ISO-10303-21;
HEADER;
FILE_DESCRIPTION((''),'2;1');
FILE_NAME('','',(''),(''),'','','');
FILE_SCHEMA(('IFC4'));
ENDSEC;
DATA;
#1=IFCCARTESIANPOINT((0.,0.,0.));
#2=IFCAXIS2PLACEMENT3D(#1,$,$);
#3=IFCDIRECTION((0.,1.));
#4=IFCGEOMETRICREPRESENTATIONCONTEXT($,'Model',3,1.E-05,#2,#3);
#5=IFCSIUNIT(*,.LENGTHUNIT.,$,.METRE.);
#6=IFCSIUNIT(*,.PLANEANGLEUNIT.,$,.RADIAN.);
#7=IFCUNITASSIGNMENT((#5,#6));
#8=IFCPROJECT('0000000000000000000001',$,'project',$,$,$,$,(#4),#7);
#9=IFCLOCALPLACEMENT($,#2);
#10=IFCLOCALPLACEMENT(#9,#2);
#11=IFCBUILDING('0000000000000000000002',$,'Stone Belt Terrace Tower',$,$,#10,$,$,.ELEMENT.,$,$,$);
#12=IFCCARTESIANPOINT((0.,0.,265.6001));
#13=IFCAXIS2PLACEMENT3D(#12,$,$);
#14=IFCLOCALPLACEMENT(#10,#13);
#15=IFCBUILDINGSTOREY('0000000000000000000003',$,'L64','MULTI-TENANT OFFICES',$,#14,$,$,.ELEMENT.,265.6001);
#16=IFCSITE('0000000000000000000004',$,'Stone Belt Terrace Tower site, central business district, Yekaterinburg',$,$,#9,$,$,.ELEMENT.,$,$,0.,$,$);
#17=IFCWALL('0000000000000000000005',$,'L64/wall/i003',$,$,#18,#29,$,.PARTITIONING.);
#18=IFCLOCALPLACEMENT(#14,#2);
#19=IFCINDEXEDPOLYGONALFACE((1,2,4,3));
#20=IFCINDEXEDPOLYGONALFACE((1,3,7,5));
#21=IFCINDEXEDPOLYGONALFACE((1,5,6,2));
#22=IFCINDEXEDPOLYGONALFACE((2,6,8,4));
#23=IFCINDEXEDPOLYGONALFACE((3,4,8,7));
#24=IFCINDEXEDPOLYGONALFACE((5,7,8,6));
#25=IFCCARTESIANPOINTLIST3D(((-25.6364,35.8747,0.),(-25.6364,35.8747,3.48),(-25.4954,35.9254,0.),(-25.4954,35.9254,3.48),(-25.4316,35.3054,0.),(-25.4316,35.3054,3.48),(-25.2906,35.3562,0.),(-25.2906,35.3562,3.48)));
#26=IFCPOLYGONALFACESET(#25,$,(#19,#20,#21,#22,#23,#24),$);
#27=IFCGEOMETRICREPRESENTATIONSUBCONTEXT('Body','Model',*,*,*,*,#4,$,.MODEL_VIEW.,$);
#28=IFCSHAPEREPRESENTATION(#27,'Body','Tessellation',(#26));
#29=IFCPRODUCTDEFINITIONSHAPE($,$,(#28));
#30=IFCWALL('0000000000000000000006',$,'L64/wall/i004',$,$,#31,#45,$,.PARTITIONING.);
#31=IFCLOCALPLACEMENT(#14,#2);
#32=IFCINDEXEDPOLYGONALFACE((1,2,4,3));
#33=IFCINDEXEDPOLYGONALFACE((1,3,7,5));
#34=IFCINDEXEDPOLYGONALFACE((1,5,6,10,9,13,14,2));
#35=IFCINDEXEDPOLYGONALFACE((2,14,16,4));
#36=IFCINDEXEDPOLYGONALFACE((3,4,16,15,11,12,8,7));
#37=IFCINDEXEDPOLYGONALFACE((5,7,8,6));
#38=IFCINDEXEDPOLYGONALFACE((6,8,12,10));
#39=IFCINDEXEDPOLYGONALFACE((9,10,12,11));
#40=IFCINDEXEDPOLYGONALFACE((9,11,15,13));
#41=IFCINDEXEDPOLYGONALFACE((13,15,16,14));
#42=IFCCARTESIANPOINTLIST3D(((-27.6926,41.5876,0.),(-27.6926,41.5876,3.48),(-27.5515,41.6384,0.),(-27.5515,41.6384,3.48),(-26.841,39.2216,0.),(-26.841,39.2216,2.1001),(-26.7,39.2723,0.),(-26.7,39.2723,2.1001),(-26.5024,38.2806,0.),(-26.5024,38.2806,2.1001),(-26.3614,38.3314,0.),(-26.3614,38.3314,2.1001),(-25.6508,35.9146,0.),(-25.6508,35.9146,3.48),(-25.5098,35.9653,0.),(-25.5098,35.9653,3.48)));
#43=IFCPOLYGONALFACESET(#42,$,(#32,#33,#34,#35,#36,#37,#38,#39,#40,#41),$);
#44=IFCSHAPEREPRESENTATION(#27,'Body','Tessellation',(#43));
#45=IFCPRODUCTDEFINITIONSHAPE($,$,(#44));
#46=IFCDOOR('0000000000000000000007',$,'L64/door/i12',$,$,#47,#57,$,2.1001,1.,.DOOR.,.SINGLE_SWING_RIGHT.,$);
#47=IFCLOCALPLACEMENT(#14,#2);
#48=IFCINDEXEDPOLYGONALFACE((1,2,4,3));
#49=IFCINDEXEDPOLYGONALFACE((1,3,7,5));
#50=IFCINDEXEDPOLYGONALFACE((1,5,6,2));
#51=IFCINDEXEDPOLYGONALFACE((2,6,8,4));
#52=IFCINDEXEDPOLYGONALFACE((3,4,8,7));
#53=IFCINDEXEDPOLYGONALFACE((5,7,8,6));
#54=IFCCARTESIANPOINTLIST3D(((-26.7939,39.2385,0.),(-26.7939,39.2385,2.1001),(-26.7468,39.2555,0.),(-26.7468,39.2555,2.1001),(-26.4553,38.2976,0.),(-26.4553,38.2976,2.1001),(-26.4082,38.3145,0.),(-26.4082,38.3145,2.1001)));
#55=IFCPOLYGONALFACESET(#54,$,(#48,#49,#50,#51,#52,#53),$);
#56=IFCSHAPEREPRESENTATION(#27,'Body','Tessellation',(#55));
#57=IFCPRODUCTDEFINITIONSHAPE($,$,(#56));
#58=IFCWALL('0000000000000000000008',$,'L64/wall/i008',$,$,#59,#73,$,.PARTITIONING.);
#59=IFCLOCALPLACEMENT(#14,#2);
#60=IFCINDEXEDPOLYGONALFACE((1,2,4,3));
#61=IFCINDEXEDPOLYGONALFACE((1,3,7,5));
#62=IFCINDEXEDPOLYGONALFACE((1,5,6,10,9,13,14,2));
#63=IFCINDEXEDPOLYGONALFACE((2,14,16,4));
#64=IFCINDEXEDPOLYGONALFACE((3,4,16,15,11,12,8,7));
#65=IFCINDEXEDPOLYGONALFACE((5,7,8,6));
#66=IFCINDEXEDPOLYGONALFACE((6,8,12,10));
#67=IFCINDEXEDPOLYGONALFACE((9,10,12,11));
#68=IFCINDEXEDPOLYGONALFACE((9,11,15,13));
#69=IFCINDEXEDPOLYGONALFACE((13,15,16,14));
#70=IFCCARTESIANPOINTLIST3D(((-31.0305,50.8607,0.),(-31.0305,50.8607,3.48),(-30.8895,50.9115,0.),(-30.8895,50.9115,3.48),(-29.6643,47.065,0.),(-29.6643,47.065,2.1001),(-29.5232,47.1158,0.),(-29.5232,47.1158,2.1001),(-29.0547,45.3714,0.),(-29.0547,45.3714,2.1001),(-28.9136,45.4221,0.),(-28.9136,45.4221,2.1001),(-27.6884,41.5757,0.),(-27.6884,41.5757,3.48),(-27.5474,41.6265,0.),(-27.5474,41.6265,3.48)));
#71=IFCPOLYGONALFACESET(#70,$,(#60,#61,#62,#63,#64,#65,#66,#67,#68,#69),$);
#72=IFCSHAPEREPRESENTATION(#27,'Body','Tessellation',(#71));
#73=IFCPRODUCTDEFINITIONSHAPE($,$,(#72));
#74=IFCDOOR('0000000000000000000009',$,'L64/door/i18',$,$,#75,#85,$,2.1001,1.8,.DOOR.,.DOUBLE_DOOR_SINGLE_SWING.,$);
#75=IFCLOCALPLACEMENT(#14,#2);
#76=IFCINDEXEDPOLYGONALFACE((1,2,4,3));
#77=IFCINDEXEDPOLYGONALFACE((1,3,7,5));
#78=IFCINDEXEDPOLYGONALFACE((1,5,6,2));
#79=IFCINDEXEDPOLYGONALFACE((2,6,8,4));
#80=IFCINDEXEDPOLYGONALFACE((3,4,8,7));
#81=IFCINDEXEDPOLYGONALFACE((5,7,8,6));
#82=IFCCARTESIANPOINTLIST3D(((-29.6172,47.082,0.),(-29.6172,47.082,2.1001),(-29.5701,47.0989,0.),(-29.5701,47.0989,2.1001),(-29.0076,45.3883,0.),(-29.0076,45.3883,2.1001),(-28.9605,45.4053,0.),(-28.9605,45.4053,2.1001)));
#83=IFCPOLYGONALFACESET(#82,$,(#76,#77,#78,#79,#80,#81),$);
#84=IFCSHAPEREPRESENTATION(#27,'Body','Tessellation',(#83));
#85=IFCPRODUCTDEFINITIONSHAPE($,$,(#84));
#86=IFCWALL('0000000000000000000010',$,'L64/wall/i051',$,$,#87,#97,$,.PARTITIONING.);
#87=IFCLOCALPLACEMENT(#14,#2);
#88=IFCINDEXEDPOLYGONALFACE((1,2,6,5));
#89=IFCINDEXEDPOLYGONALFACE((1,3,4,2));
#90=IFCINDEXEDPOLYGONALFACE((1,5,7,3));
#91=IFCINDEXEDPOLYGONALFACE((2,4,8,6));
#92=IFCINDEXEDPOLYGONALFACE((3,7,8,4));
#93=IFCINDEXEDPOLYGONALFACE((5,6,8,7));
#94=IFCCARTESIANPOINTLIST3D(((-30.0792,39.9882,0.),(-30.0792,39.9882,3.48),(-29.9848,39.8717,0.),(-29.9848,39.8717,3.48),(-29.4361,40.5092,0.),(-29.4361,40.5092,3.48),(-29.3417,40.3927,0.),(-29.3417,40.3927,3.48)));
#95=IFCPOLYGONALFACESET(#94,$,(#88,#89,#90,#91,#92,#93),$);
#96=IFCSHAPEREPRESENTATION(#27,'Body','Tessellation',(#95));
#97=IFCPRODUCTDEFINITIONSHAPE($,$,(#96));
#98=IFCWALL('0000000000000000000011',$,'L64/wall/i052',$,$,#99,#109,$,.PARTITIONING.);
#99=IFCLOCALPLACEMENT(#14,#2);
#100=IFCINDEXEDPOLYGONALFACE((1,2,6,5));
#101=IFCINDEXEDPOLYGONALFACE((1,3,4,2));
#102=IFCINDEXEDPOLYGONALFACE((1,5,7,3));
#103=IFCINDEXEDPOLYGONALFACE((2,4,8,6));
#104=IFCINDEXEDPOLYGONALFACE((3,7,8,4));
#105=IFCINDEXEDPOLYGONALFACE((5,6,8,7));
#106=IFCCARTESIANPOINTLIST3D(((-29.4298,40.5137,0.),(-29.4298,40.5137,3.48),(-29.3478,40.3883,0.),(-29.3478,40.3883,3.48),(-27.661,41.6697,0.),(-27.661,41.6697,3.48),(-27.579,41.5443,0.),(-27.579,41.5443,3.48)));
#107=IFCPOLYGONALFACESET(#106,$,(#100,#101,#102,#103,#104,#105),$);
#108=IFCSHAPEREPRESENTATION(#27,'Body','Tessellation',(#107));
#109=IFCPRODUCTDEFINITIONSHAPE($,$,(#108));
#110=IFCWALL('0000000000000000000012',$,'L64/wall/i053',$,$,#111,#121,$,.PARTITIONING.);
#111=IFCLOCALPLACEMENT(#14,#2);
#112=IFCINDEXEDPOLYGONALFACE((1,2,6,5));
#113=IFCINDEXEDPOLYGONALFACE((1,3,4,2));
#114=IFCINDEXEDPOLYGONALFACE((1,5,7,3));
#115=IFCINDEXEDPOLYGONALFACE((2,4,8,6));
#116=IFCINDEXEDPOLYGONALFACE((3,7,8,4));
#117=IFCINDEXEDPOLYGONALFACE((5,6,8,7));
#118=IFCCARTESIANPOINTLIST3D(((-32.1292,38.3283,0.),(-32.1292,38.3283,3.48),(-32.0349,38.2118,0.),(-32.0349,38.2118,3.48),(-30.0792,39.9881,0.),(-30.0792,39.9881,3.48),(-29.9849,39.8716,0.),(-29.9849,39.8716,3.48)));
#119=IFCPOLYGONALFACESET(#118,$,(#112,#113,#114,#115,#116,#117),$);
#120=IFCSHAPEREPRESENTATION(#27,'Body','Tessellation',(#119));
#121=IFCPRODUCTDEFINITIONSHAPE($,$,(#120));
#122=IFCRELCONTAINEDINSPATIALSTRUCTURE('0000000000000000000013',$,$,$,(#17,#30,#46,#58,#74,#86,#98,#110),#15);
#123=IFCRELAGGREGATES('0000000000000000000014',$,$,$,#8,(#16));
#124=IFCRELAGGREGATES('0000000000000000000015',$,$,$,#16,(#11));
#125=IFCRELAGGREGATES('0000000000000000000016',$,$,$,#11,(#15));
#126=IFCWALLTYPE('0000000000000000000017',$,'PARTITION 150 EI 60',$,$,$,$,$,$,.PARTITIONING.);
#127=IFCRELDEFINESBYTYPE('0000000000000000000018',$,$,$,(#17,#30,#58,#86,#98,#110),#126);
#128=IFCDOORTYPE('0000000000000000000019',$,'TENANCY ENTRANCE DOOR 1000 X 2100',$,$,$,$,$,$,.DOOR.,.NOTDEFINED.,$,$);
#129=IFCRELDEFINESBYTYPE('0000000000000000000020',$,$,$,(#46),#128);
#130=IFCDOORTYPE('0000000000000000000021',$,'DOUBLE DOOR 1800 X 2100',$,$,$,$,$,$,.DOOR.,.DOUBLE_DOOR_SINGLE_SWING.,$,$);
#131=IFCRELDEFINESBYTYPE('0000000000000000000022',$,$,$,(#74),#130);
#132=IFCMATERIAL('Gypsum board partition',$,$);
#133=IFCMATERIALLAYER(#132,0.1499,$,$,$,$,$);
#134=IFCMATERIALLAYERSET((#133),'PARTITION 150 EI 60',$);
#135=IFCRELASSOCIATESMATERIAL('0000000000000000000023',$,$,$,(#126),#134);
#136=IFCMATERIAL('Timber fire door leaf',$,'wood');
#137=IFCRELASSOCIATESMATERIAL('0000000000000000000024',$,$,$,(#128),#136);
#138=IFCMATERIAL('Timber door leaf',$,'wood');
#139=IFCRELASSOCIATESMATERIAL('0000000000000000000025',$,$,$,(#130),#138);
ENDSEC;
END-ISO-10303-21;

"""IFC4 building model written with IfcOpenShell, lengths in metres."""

from ifc_helpers import new_model, si_unit, direction, frame, frame_2d, origin, place, context, subcontext, project, spatial, rectangle, extrude, material, layer, layer_set, type_object, element, fill, save


model = new_model("IFC4")

# Units and contexts
model_context = context("Model", 3, precision=1e-05, world=origin(), true_north=direction((0.0, 1.0)))
body_context = subcontext(model_context, "Body", "Model", "MODEL_VIEW")
ifc_project = project(units=[si_unit("LENGTHUNIT", "METRE"), si_unit("PLANEANGLEUNIT", "RADIAN")], contexts=[model_context])

# Site, building, storey
site_placement = place(None, origin())
site = spatial("IfcSite", under=ifc_project, at=site_placement, Name="Stone Belt Terrace Tower site, central business district, Yekaterinburg", CompositionType="ELEMENT", RefElevation=0.0)
building_placement = place(site_placement, origin())
building = spatial("IfcBuilding", under=site, at=building_placement, Name="Stone Belt Terrace Tower", CompositionType="ELEMENT")
storey_placement = place(building_placement, frame((0.0, 0.0, 265.6001)))
storey = spatial("IfcBuildingStorey", under=building, at=storey_placement, Name="L64", Description="MULTI-TENANT OFFICES", CompositionType="ELEMENT", Elevation=265.6001)

# Shared definitions
ifc_material_1 = material(Name="Timber door leaf", Category="wood")

# Shared definitions
ifc_material_2 = material(Name="Gypsum board partition")

# Wall
ifc_layer_1 = layer(ifc_material_2, 0.1499)
ifc_layer_set_1 = layer_set([ifc_layer_1], Name="PARTITION 150 EI 60")
wall_type_1 = type_object("IfcWallType", Name="PARTITION 150 EI 60", PredefinedType="PARTITIONING", material=ifc_layer_set_1)
wall_1_placement = place(storey_placement, frame((-25.3611, 35.3308, 0.0), z_axis=(0.0, 0.0, 1.0), x_axis=(-0.338534, 0.940954, 0.0)))
element("IfcWall", 1, at=wall_1_placement, inside=storey, type_object=wall_type_1, Name="L64/wall/i003", PredefinedType="PARTITIONING", context=body_context, shape_type="SweptSolid", body=[
    extrude(rectangle(XDim=0.605, YDim=0.1499, at=frame_2d((0.3025, 0.0))), origin(), (0.0, 0.0, 1.0), 3.48),
])

# Walls, openings, doors
wall_2_placement = place(storey_placement, frame((-25.5803, 35.9399, 0.0), z_axis=(0.0, 0.0, 1.0), x_axis=(-0.338636, 0.940917, 0.0)))
wall_2 = element("IfcWall", 2, at=wall_2_placement, inside=storey, type_object=wall_type_1, Name="L64/wall/i004", PredefinedType="PARTITIONING", context=body_context, shape_type="SweptSolid", body=[
    extrude(rectangle(XDim=6.0293, YDim=0.1499, at=frame_2d((3.0146, 0.0))), origin(), (0.0, 0.0, 1.0), 3.48),
])
opening_1_placement = place(wall_2_placement, frame((2.5146, 0.0, 0.0)))
opening_1 = element("IfcOpeningElement", 3, at=opening_1_placement, cuts=wall_2, PredefinedType="OPENING", context=body_context, shape_type="SweptSolid", body=[
    extrude(rectangle(XDim=1.0, YDim=2.1001, at=frame_2d((0.5, 1.05))), frame((0.0, 0.085, 0.0), z_axis=(0.0, -1.0, 0.0), x_axis=(1.0, 0.0, 0.0)), (0.0, 0.0, 1.0), 0.1699),
])
ifc_material_3 = material(Name="Timber fire door leaf", Category="wood")
door_type_1 = type_object("IfcDoorType", Name="TENANCY ENTRANCE DOOR 1000 X 2100", OperationType="NOTDEFINED", PredefinedType="DOOR", material=ifc_material_3)
door_1_placement = place(opening_1_placement, origin())
door_1 = element("IfcDoor", 4, at=door_1_placement, inside=storey, type_object=door_type_1, Name="L64/door/i12", OperationType="SINGLE_SWING_RIGHT", OverallHeight=2.1001, OverallWidth=1.0, PredefinedType="DOOR", context=body_context, shape_type="SweptSolid", body=[
    extrude(rectangle(XDim=1.0, YDim=2.1001, at=frame_2d((0.5, 1.05))), frame((0.0, 0.0249, 0.0), z_axis=(0.0, -1.0, 0.0), x_axis=(1.0, 0.0, 0.0)), (0.0, 0.0, 1.0), 0.05),
])
fill(opening_1, door_1)
wall_3_placement = place(storey_placement, frame((-27.6179, 41.6011, 0.0), z_axis=(0.0, 0.0, 1.0), x_axis=(-0.338672, 0.940904, 0.0)))
wall_3 = element("IfcWall", 5, at=wall_3_placement, inside=storey, type_object=wall_type_1, Name="L64/wall/i008", PredefinedType="PARTITIONING", context=body_context, shape_type="SweptSolid", body=[
    extrude(rectangle(XDim=9.8682, YDim=0.1499, at=frame_2d((4.9341, 0.0))), origin(), (0.0, 0.0, 1.0), 3.48),
])
opening_2_placement = place(wall_3_placement, frame((4.0342, 0.0, 0.0)))
opening_2 = element("IfcOpeningElement", 6, at=opening_2_placement, cuts=wall_3, PredefinedType="OPENING", context=body_context, shape_type="SweptSolid", body=[
    extrude(rectangle(XDim=1.8, YDim=2.1001, at=frame_2d((0.8999, 1.05))), frame((0.0, 0.085, 0.0), z_axis=(0.0, -1.0, 0.0), x_axis=(1.0, 0.0, 0.0)), (0.0, 0.0, 1.0), 0.1699),
])
door_type_2 = type_object("IfcDoorType", Name="DOUBLE DOOR 1800 X 2100", OperationType="DOUBLE_DOOR_SINGLE_SWING", PredefinedType="DOOR", material=ifc_material_1)
door_2_placement = place(opening_2_placement, origin())
door_2 = element("IfcDoor", 7, at=door_2_placement, inside=storey, type_object=door_type_2, Name="L64/door/i18", OperationType="DOUBLE_DOOR_SINGLE_SWING", OverallHeight=2.1001, OverallWidth=1.8, PredefinedType="DOOR", context=body_context, shape_type="SweptSolid", body=[
    extrude(rectangle(XDim=1.8, YDim=2.1001, at=frame_2d((0.8999, 1.05))), frame((0.0, 0.0249, 0.0), z_axis=(0.0, -1.0, 0.0), x_axis=(1.0, 0.0, 0.0)), (0.0, 0.0, 1.0), 0.05),
])
fill(opening_2, door_2)

# Walls
wall_4_placement = place(storey_placement, frame((-30.032, 39.9299, 0.0), z_axis=(0.0, 0.0, 1.0), x_axis=(0.776998, 0.629504, 0.0)))
element("IfcWall", 8, at=wall_4_placement, inside=storey, type_object=wall_type_1, Name="L64/wall/i051", PredefinedType="PARTITIONING", context=body_context, shape_type="SweptSolid", body=[
    extrude(rectangle(XDim=0.8276, YDim=0.1499, at=frame_2d((0.4138, 0.0))), origin(), (0.0, 0.0, 1.0), 3.48),
])
wall_5_placement = place(storey_placement, frame((-29.3889, 40.4509, 0.0), z_axis=(0.0, 0.0, 1.0), x_axis=(0.837082, 0.547078, 0.0)))
element("IfcWall", 9, at=wall_5_placement, inside=storey, type_object=wall_type_1, Name="L64/wall/i052", PredefinedType="PARTITIONING", context=body_context, shape_type="SweptSolid", body=[
    extrude(rectangle(XDim=2.113, YDim=0.1499, at=frame_2d((1.0566, 0.0))), origin(), (0.0, 0.0, 1.0), 3.48),
])
wall_6_placement = place(storey_placement, frame((-32.082, 38.27, 0.0), z_axis=(0.0, 0.0, 1.0), x_axis=(0.77718, 0.629278, 0.0)))
element("IfcWall", 10, at=wall_6_placement, inside=storey, type_object=wall_type_1, Name="L64/wall/i053", PredefinedType="PARTITIONING", context=body_context, shape_type="SweptSolid", body=[
    extrude(rectangle(XDim=2.6377, YDim=0.1499, at=frame_2d((1.3188, 0.0))), origin(), (0.0, 0.0, 1.0), 3.48),
])

save(model, "model.ifc")
